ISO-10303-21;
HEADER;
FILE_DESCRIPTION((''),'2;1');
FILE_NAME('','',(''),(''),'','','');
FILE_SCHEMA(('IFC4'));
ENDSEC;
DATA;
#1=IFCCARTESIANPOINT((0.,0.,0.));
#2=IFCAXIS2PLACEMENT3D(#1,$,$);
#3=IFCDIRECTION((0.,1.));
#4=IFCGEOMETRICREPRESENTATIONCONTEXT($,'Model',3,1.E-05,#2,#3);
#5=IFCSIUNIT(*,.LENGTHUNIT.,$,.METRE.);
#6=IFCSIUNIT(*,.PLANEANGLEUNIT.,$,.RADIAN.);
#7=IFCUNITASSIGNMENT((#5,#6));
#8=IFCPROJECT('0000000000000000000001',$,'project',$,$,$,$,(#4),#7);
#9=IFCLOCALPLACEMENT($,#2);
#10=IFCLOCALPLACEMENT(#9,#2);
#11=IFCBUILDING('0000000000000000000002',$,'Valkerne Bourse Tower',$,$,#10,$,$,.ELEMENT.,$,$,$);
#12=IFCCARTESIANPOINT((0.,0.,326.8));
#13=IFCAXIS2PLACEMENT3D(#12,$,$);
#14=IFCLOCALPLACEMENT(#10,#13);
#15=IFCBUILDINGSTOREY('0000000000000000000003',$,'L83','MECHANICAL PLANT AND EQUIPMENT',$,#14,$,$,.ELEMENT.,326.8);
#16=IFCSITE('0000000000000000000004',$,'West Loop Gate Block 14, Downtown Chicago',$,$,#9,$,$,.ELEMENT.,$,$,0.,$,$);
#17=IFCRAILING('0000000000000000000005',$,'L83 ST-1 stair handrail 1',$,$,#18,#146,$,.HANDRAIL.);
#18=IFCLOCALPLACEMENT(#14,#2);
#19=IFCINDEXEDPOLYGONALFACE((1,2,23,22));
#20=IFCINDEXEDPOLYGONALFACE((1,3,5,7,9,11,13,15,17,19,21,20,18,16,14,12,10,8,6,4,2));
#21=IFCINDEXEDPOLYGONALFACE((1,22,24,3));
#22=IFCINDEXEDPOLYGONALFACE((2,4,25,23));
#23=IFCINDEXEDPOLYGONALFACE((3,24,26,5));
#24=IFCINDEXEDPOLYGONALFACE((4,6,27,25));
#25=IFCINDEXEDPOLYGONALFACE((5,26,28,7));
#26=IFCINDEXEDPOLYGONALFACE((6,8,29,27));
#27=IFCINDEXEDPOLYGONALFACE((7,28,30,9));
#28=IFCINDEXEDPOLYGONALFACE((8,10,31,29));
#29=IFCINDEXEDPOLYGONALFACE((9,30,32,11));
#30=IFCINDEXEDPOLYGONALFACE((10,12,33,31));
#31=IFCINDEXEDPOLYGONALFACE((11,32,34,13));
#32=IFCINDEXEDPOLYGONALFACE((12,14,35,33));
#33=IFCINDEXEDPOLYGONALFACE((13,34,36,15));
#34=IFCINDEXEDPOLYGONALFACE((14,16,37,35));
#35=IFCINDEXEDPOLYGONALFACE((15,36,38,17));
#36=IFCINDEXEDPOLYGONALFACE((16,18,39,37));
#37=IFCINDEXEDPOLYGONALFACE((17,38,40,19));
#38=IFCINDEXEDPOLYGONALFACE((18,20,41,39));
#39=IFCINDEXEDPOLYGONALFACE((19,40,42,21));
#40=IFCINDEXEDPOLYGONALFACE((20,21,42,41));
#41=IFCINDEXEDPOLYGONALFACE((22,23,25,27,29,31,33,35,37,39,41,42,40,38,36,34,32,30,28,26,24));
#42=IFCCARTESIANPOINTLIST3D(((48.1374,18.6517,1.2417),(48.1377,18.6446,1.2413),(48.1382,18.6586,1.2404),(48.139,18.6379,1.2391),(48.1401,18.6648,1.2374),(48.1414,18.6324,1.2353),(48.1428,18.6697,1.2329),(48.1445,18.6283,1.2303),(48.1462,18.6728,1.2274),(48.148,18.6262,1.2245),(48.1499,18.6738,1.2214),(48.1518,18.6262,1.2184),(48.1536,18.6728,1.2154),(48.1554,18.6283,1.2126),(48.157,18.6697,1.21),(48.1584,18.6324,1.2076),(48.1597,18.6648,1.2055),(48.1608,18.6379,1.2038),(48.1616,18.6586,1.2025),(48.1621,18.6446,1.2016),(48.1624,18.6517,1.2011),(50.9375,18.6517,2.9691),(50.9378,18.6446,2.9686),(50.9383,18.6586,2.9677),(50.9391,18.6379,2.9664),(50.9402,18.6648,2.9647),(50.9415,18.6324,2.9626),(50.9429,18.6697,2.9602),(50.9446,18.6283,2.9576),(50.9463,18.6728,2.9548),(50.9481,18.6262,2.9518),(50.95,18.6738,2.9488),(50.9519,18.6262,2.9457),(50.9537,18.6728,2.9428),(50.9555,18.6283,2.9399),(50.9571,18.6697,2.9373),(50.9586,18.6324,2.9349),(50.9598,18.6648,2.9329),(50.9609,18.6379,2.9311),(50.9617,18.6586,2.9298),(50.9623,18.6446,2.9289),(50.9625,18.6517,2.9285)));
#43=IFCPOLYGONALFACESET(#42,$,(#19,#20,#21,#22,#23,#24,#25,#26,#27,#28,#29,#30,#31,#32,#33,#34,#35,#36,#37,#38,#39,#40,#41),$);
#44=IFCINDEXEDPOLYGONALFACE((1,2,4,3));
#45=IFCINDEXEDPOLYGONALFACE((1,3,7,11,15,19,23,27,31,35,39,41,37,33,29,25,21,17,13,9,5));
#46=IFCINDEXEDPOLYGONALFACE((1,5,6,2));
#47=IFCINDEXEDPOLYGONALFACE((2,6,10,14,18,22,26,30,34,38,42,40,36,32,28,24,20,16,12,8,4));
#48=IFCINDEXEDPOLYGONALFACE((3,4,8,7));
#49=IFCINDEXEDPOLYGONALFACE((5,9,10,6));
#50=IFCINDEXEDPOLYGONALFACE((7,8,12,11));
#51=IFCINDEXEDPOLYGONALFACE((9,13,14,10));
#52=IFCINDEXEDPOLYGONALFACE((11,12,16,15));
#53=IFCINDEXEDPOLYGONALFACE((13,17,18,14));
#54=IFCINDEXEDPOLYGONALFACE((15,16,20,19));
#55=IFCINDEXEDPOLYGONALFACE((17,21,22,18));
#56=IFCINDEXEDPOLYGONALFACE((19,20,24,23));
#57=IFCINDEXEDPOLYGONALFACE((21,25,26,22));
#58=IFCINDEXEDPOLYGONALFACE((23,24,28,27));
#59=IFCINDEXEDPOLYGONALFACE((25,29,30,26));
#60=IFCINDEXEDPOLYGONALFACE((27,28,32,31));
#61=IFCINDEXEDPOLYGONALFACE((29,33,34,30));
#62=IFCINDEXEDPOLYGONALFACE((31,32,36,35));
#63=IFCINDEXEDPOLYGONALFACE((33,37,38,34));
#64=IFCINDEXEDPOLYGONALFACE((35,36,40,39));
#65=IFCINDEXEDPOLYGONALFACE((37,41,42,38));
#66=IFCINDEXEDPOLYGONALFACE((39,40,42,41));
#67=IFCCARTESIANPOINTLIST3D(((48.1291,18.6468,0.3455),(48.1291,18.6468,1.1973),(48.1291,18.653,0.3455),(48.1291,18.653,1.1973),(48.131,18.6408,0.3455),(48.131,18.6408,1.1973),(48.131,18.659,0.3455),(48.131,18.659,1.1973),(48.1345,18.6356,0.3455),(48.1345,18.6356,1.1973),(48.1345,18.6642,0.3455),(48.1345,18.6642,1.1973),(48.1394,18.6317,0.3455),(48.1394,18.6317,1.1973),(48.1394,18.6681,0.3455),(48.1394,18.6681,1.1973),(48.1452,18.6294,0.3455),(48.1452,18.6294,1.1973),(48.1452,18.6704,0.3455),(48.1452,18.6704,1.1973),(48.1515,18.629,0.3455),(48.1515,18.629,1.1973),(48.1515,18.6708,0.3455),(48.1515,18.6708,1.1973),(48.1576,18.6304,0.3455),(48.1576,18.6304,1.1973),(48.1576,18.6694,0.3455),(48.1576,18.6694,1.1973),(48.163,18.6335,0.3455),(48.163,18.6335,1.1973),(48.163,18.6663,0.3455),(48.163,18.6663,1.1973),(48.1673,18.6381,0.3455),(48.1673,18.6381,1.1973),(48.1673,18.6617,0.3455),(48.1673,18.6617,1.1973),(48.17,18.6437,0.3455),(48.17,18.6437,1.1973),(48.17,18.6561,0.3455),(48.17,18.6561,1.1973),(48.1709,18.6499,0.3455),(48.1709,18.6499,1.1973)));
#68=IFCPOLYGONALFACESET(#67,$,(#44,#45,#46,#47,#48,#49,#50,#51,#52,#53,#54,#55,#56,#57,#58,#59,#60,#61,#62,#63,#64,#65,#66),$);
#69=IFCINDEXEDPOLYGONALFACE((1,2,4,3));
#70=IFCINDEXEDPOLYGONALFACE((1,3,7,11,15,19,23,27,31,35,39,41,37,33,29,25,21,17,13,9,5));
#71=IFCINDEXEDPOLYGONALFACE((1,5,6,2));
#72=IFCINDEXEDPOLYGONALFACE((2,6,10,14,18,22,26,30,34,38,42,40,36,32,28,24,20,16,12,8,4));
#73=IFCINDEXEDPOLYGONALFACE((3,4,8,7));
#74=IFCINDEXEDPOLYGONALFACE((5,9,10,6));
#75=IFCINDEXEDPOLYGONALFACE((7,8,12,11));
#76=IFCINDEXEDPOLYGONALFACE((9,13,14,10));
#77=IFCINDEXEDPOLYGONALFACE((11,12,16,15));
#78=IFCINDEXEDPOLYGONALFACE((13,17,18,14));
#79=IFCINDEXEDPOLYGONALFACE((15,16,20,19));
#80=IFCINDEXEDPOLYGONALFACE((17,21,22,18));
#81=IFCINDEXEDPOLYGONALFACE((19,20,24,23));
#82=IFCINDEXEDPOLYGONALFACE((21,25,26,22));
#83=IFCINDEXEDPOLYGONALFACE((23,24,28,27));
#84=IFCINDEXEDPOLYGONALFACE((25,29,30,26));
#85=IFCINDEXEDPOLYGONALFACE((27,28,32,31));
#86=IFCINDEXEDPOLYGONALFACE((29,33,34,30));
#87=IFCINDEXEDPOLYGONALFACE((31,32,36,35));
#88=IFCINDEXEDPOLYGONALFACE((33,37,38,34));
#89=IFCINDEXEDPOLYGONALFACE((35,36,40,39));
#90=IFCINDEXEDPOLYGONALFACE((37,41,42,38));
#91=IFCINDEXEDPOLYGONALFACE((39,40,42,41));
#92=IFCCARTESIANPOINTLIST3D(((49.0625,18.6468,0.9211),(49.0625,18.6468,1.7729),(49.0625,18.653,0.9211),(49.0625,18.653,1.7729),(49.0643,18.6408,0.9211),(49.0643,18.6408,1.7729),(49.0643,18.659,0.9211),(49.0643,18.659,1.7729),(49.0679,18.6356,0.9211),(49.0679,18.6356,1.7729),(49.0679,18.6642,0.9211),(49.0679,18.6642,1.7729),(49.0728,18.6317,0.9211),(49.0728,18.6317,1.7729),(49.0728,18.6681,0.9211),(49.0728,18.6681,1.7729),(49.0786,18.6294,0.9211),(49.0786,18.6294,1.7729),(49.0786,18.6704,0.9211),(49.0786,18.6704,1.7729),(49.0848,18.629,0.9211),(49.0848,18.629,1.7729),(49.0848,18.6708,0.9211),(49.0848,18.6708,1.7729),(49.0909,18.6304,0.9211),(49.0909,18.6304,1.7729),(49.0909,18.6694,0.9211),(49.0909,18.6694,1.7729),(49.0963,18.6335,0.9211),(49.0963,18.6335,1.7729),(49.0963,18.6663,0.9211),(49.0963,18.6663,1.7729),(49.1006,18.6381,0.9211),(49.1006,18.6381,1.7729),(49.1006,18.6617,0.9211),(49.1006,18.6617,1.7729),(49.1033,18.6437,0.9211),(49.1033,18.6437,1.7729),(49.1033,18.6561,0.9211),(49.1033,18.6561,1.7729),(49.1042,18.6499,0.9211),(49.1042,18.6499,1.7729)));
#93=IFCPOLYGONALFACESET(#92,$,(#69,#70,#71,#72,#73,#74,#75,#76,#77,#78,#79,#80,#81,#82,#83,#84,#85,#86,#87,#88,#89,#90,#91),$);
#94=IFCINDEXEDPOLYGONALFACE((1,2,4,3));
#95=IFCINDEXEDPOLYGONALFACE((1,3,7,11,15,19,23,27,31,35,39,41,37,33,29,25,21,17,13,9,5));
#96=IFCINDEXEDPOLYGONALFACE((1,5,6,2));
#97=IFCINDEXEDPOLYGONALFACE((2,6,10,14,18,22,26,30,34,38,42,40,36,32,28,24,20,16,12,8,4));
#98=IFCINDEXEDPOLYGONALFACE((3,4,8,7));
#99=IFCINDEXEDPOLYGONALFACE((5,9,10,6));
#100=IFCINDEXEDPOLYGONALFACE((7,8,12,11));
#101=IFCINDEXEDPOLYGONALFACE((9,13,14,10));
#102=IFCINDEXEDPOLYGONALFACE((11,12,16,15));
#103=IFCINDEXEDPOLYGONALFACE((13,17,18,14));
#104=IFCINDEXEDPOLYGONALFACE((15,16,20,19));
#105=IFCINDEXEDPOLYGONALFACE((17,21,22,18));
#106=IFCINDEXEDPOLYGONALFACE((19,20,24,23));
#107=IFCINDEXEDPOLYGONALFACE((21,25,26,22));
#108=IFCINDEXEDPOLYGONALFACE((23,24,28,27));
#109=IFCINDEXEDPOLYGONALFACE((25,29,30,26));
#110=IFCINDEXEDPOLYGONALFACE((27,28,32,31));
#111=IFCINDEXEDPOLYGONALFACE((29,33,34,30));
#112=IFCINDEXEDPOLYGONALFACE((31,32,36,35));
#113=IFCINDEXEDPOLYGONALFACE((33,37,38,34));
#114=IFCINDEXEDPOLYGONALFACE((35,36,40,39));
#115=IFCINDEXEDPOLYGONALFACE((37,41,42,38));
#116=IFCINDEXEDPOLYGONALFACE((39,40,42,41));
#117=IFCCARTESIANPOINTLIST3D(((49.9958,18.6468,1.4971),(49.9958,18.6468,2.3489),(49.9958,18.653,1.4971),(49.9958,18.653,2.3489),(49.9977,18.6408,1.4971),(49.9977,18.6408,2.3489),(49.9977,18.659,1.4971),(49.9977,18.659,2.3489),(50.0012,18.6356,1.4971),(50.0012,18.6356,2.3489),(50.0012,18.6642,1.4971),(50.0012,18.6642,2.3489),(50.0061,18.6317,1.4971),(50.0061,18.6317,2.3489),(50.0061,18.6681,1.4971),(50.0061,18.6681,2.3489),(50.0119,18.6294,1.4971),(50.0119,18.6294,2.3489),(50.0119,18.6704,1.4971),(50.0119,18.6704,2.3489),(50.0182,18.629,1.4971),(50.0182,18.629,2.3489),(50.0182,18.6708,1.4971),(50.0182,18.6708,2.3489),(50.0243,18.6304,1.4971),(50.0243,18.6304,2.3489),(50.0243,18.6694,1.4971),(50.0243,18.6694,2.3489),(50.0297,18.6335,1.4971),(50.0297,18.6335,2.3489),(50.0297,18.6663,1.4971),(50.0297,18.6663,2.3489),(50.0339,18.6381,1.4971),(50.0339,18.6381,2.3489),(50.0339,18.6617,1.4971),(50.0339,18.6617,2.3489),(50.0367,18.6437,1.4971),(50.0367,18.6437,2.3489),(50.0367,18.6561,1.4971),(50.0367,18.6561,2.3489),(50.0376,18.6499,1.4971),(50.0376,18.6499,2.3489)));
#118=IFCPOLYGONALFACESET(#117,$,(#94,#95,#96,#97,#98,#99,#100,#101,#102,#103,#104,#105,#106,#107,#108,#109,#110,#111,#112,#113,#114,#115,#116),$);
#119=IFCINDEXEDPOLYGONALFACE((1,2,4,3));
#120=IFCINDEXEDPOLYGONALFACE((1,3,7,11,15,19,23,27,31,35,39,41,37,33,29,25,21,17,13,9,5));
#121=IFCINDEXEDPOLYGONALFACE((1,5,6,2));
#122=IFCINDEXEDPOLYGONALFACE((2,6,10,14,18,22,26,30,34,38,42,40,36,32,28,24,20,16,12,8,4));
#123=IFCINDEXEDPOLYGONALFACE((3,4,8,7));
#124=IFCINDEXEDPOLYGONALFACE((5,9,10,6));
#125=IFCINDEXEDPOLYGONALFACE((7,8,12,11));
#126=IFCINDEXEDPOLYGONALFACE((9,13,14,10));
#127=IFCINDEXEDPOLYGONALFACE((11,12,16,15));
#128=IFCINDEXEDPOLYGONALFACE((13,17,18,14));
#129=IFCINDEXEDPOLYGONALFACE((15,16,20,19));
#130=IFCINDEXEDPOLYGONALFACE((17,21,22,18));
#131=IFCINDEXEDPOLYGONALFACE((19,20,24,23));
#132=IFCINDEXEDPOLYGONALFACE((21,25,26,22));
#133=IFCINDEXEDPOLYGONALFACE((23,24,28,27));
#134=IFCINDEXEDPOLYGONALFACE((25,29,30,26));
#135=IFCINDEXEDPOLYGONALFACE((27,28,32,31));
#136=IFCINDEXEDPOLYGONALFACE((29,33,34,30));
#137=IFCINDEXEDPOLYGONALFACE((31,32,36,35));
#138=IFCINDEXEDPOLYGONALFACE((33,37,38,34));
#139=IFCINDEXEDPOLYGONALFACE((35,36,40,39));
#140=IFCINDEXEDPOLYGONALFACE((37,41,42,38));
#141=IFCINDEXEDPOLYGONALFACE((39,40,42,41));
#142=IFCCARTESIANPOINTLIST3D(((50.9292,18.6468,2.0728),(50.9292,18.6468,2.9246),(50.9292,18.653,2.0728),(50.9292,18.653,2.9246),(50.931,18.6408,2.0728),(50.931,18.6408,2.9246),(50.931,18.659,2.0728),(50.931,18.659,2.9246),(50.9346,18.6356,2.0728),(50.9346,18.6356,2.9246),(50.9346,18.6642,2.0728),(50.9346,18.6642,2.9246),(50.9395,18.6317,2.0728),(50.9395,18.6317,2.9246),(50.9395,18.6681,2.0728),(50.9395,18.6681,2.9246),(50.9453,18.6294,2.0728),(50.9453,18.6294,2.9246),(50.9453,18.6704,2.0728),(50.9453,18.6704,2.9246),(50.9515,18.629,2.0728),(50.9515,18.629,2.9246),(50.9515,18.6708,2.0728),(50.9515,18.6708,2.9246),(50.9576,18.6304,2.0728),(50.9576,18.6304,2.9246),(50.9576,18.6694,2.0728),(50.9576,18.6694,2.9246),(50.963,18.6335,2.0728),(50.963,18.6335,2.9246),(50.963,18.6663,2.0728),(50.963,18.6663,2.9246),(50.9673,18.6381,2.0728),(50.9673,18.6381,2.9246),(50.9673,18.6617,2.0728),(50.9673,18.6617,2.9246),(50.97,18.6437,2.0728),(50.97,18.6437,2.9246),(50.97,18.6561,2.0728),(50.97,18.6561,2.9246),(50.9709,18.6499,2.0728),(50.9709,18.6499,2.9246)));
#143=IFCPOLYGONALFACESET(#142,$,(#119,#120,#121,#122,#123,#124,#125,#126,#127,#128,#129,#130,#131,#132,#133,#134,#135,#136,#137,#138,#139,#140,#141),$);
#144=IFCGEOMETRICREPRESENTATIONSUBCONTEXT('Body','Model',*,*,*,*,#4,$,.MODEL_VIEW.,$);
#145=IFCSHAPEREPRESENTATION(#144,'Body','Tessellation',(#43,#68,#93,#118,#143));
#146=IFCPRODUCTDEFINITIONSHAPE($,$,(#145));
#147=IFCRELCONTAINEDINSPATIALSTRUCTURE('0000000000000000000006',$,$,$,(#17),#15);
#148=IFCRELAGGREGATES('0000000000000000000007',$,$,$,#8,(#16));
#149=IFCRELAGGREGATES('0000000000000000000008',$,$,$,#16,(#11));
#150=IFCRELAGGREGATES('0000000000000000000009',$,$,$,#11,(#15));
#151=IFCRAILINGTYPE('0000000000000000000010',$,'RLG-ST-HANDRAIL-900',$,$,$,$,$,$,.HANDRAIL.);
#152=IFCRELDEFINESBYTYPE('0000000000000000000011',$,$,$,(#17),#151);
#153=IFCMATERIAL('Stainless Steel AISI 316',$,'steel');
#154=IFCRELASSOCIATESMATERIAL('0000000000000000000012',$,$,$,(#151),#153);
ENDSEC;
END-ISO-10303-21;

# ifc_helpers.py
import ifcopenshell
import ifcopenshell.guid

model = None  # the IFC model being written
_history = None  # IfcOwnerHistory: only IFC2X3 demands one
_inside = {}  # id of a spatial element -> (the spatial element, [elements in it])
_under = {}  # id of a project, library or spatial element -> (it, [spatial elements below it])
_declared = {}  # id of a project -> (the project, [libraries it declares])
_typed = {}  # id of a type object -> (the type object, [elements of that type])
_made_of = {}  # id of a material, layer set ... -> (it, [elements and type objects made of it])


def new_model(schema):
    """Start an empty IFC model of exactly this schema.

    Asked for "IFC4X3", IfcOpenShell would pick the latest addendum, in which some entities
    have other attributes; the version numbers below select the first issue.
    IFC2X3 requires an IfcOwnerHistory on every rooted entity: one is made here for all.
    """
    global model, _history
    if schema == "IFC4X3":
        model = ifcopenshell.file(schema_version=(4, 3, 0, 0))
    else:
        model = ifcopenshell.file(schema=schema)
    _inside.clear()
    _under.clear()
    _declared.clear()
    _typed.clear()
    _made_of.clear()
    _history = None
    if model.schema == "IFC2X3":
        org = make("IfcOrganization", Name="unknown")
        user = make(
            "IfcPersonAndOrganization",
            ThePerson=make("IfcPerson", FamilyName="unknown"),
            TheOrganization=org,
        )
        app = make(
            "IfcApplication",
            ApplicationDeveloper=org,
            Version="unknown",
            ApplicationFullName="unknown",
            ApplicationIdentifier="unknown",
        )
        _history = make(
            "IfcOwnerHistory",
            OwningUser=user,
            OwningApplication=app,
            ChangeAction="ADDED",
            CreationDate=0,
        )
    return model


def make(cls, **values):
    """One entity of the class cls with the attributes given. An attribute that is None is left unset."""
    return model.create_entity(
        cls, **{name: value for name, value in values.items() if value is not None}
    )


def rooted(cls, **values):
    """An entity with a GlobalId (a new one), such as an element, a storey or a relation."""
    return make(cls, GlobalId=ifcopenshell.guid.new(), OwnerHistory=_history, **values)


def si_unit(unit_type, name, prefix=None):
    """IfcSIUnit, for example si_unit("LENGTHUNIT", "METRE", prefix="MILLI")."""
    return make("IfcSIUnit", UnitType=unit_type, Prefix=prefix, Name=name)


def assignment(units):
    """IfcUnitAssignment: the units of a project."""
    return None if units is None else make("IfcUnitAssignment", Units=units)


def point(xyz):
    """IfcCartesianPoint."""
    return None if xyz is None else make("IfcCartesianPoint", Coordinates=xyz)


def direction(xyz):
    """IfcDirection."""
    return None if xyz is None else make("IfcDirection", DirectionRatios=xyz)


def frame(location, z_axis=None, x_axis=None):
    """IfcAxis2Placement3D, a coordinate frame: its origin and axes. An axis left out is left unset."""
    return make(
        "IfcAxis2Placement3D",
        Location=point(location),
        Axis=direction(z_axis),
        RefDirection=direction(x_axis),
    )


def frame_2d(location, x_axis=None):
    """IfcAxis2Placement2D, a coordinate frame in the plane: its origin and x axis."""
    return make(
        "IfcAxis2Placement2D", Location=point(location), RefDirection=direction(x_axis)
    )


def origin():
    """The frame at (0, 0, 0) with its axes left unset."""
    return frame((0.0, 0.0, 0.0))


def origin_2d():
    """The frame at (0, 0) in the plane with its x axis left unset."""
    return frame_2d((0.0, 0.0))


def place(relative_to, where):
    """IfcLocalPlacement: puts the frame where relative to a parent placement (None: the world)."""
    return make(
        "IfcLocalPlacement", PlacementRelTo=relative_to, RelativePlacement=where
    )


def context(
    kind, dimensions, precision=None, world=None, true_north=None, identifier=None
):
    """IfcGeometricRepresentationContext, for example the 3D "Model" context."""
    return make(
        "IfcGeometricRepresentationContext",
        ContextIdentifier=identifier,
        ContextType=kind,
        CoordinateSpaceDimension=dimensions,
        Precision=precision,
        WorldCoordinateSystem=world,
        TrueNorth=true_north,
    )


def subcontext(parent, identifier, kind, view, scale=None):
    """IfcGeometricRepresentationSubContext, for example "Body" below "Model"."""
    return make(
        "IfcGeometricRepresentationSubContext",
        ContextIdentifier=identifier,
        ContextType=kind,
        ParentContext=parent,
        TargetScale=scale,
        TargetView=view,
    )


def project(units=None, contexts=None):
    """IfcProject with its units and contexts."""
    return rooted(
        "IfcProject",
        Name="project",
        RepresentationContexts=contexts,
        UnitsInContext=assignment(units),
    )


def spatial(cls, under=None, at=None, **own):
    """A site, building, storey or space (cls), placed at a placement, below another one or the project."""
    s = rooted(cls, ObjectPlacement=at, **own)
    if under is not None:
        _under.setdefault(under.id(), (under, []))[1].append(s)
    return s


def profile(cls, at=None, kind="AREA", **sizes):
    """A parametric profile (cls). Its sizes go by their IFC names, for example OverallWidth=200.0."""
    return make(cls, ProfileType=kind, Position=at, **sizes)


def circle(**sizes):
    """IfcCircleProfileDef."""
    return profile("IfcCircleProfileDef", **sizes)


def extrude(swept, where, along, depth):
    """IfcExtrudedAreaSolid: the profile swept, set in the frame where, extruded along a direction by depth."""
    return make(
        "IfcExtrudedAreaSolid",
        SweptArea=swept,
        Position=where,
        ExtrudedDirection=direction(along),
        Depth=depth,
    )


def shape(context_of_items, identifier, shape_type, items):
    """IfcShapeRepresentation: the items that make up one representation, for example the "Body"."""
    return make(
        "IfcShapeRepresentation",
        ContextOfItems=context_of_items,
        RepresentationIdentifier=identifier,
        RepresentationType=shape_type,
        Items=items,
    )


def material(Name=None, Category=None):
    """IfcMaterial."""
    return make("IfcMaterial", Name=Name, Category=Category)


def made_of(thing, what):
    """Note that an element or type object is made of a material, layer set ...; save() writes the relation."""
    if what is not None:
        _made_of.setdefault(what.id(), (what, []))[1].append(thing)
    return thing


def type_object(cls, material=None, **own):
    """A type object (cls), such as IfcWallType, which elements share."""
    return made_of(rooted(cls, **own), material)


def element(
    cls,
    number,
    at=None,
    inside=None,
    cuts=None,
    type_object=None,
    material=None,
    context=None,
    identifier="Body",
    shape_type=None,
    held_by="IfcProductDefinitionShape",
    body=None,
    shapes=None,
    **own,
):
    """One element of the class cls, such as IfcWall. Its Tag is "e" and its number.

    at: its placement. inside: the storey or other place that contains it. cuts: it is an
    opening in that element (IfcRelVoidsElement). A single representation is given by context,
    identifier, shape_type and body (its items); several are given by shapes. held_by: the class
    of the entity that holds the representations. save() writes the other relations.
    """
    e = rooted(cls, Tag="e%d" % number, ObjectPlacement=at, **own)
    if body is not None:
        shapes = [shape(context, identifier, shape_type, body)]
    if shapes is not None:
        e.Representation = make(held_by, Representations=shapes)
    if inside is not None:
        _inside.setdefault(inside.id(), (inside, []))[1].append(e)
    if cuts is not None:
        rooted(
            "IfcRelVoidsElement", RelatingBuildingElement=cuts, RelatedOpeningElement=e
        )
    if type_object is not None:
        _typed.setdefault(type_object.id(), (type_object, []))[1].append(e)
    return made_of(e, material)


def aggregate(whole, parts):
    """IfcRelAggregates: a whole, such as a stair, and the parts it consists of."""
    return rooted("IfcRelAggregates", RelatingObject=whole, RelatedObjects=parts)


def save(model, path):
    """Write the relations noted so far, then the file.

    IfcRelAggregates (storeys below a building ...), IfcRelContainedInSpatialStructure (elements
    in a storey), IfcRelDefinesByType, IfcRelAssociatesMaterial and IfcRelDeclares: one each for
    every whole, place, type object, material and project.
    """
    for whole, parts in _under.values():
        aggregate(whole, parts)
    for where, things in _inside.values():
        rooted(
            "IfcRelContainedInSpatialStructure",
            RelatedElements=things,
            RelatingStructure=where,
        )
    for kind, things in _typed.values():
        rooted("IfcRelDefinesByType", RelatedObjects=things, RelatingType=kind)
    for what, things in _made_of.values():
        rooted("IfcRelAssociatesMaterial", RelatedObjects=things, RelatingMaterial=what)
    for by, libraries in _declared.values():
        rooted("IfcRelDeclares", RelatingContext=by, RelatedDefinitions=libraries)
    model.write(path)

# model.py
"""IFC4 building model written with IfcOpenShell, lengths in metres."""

from ifc_helpers import new_model, si_unit, direction, frame, origin, origin_2d, place, context, subcontext, project, spatial, circle, extrude, material, type_object, element, save


model = new_model("IFC4")

# Units and contexts
model_context = context("Model", 3, precision=1e-05, world=origin(), true_north=direction((0.0, 1.0)))
body_context = subcontext(model_context, "Body", "Model", "MODEL_VIEW")
ifc_project = project(units=[si_unit("LENGTHUNIT", "METRE"), si_unit("PLANEANGLEUNIT", "RADIAN")], contexts=[model_context])

# Site, building, storey
site_placement = place(None, origin())
site = spatial("IfcSite", under=ifc_project, at=site_placement, Name="West Loop Gate Block 14, Downtown Chicago", CompositionType="ELEMENT", RefElevation=0.0)
building_placement = place(site_placement, origin())
building = spatial("IfcBuilding", under=site, at=building_placement, Name="Valkerne Bourse Tower", CompositionType="ELEMENT")
storey_placement = place(building_placement, frame((0.0, 0.0, 326.8)))
storey = spatial("IfcBuildingStorey", under=building, at=storey_placement, Name="L83", Description="MECHANICAL PLANT AND EQUIPMENT", CompositionType="ELEMENT", Elevation=326.8)

# Railing
ifc_material_1 = material(Name="Stainless Steel AISI 316", Category="steel")
railing_type_1 = type_object("IfcRailingType", Name="RLG-ST-HANDRAIL-900", PredefinedType="HANDRAIL", material=ifc_material_1)
railing_1_placement = place(storey_placement, frame((48.1499, 18.6499, 0.3455)))
element("IfcRailing", 1, at=railing_1_placement, inside=storey, type_object=railing_type_1, Name="L83 ST-1 stair handrail 1", PredefinedType="HANDRAIL", context=body_context, shape_type="SweptSolid", body=[
    extrude(circle(Radius=0.0239, at=origin_2d()), frame((0.0, 0.0, 0.876), z_axis=(0.85109, 0.0, 0.52502), x_axis=(0.0, 1.0, 0.0)), (0.0, 0.0, 1.0), 3.29),
    extrude(circle(Radius=0.021, at=origin_2d()), origin(), (0.0, 0.0, 1.0), 0.8518),
    extrude(circle(Radius=0.021, at=origin_2d()), frame((0.9333, 0.0, 0.5757)), (0.0, 0.0, 1.0), 0.8518),
    extrude(circle(Radius=0.021, at=origin_2d()), frame((1.8667, 0.0, 1.1516)), (0.0, 0.0, 1.0), 0.8518),
    extrude(circle(Radius=0.021, at=origin_2d()), frame((2.8, 0.0, 1.7273)), (0.0, 0.0, 1.0), 0.8518),
])

save(model, "model.ifc")
